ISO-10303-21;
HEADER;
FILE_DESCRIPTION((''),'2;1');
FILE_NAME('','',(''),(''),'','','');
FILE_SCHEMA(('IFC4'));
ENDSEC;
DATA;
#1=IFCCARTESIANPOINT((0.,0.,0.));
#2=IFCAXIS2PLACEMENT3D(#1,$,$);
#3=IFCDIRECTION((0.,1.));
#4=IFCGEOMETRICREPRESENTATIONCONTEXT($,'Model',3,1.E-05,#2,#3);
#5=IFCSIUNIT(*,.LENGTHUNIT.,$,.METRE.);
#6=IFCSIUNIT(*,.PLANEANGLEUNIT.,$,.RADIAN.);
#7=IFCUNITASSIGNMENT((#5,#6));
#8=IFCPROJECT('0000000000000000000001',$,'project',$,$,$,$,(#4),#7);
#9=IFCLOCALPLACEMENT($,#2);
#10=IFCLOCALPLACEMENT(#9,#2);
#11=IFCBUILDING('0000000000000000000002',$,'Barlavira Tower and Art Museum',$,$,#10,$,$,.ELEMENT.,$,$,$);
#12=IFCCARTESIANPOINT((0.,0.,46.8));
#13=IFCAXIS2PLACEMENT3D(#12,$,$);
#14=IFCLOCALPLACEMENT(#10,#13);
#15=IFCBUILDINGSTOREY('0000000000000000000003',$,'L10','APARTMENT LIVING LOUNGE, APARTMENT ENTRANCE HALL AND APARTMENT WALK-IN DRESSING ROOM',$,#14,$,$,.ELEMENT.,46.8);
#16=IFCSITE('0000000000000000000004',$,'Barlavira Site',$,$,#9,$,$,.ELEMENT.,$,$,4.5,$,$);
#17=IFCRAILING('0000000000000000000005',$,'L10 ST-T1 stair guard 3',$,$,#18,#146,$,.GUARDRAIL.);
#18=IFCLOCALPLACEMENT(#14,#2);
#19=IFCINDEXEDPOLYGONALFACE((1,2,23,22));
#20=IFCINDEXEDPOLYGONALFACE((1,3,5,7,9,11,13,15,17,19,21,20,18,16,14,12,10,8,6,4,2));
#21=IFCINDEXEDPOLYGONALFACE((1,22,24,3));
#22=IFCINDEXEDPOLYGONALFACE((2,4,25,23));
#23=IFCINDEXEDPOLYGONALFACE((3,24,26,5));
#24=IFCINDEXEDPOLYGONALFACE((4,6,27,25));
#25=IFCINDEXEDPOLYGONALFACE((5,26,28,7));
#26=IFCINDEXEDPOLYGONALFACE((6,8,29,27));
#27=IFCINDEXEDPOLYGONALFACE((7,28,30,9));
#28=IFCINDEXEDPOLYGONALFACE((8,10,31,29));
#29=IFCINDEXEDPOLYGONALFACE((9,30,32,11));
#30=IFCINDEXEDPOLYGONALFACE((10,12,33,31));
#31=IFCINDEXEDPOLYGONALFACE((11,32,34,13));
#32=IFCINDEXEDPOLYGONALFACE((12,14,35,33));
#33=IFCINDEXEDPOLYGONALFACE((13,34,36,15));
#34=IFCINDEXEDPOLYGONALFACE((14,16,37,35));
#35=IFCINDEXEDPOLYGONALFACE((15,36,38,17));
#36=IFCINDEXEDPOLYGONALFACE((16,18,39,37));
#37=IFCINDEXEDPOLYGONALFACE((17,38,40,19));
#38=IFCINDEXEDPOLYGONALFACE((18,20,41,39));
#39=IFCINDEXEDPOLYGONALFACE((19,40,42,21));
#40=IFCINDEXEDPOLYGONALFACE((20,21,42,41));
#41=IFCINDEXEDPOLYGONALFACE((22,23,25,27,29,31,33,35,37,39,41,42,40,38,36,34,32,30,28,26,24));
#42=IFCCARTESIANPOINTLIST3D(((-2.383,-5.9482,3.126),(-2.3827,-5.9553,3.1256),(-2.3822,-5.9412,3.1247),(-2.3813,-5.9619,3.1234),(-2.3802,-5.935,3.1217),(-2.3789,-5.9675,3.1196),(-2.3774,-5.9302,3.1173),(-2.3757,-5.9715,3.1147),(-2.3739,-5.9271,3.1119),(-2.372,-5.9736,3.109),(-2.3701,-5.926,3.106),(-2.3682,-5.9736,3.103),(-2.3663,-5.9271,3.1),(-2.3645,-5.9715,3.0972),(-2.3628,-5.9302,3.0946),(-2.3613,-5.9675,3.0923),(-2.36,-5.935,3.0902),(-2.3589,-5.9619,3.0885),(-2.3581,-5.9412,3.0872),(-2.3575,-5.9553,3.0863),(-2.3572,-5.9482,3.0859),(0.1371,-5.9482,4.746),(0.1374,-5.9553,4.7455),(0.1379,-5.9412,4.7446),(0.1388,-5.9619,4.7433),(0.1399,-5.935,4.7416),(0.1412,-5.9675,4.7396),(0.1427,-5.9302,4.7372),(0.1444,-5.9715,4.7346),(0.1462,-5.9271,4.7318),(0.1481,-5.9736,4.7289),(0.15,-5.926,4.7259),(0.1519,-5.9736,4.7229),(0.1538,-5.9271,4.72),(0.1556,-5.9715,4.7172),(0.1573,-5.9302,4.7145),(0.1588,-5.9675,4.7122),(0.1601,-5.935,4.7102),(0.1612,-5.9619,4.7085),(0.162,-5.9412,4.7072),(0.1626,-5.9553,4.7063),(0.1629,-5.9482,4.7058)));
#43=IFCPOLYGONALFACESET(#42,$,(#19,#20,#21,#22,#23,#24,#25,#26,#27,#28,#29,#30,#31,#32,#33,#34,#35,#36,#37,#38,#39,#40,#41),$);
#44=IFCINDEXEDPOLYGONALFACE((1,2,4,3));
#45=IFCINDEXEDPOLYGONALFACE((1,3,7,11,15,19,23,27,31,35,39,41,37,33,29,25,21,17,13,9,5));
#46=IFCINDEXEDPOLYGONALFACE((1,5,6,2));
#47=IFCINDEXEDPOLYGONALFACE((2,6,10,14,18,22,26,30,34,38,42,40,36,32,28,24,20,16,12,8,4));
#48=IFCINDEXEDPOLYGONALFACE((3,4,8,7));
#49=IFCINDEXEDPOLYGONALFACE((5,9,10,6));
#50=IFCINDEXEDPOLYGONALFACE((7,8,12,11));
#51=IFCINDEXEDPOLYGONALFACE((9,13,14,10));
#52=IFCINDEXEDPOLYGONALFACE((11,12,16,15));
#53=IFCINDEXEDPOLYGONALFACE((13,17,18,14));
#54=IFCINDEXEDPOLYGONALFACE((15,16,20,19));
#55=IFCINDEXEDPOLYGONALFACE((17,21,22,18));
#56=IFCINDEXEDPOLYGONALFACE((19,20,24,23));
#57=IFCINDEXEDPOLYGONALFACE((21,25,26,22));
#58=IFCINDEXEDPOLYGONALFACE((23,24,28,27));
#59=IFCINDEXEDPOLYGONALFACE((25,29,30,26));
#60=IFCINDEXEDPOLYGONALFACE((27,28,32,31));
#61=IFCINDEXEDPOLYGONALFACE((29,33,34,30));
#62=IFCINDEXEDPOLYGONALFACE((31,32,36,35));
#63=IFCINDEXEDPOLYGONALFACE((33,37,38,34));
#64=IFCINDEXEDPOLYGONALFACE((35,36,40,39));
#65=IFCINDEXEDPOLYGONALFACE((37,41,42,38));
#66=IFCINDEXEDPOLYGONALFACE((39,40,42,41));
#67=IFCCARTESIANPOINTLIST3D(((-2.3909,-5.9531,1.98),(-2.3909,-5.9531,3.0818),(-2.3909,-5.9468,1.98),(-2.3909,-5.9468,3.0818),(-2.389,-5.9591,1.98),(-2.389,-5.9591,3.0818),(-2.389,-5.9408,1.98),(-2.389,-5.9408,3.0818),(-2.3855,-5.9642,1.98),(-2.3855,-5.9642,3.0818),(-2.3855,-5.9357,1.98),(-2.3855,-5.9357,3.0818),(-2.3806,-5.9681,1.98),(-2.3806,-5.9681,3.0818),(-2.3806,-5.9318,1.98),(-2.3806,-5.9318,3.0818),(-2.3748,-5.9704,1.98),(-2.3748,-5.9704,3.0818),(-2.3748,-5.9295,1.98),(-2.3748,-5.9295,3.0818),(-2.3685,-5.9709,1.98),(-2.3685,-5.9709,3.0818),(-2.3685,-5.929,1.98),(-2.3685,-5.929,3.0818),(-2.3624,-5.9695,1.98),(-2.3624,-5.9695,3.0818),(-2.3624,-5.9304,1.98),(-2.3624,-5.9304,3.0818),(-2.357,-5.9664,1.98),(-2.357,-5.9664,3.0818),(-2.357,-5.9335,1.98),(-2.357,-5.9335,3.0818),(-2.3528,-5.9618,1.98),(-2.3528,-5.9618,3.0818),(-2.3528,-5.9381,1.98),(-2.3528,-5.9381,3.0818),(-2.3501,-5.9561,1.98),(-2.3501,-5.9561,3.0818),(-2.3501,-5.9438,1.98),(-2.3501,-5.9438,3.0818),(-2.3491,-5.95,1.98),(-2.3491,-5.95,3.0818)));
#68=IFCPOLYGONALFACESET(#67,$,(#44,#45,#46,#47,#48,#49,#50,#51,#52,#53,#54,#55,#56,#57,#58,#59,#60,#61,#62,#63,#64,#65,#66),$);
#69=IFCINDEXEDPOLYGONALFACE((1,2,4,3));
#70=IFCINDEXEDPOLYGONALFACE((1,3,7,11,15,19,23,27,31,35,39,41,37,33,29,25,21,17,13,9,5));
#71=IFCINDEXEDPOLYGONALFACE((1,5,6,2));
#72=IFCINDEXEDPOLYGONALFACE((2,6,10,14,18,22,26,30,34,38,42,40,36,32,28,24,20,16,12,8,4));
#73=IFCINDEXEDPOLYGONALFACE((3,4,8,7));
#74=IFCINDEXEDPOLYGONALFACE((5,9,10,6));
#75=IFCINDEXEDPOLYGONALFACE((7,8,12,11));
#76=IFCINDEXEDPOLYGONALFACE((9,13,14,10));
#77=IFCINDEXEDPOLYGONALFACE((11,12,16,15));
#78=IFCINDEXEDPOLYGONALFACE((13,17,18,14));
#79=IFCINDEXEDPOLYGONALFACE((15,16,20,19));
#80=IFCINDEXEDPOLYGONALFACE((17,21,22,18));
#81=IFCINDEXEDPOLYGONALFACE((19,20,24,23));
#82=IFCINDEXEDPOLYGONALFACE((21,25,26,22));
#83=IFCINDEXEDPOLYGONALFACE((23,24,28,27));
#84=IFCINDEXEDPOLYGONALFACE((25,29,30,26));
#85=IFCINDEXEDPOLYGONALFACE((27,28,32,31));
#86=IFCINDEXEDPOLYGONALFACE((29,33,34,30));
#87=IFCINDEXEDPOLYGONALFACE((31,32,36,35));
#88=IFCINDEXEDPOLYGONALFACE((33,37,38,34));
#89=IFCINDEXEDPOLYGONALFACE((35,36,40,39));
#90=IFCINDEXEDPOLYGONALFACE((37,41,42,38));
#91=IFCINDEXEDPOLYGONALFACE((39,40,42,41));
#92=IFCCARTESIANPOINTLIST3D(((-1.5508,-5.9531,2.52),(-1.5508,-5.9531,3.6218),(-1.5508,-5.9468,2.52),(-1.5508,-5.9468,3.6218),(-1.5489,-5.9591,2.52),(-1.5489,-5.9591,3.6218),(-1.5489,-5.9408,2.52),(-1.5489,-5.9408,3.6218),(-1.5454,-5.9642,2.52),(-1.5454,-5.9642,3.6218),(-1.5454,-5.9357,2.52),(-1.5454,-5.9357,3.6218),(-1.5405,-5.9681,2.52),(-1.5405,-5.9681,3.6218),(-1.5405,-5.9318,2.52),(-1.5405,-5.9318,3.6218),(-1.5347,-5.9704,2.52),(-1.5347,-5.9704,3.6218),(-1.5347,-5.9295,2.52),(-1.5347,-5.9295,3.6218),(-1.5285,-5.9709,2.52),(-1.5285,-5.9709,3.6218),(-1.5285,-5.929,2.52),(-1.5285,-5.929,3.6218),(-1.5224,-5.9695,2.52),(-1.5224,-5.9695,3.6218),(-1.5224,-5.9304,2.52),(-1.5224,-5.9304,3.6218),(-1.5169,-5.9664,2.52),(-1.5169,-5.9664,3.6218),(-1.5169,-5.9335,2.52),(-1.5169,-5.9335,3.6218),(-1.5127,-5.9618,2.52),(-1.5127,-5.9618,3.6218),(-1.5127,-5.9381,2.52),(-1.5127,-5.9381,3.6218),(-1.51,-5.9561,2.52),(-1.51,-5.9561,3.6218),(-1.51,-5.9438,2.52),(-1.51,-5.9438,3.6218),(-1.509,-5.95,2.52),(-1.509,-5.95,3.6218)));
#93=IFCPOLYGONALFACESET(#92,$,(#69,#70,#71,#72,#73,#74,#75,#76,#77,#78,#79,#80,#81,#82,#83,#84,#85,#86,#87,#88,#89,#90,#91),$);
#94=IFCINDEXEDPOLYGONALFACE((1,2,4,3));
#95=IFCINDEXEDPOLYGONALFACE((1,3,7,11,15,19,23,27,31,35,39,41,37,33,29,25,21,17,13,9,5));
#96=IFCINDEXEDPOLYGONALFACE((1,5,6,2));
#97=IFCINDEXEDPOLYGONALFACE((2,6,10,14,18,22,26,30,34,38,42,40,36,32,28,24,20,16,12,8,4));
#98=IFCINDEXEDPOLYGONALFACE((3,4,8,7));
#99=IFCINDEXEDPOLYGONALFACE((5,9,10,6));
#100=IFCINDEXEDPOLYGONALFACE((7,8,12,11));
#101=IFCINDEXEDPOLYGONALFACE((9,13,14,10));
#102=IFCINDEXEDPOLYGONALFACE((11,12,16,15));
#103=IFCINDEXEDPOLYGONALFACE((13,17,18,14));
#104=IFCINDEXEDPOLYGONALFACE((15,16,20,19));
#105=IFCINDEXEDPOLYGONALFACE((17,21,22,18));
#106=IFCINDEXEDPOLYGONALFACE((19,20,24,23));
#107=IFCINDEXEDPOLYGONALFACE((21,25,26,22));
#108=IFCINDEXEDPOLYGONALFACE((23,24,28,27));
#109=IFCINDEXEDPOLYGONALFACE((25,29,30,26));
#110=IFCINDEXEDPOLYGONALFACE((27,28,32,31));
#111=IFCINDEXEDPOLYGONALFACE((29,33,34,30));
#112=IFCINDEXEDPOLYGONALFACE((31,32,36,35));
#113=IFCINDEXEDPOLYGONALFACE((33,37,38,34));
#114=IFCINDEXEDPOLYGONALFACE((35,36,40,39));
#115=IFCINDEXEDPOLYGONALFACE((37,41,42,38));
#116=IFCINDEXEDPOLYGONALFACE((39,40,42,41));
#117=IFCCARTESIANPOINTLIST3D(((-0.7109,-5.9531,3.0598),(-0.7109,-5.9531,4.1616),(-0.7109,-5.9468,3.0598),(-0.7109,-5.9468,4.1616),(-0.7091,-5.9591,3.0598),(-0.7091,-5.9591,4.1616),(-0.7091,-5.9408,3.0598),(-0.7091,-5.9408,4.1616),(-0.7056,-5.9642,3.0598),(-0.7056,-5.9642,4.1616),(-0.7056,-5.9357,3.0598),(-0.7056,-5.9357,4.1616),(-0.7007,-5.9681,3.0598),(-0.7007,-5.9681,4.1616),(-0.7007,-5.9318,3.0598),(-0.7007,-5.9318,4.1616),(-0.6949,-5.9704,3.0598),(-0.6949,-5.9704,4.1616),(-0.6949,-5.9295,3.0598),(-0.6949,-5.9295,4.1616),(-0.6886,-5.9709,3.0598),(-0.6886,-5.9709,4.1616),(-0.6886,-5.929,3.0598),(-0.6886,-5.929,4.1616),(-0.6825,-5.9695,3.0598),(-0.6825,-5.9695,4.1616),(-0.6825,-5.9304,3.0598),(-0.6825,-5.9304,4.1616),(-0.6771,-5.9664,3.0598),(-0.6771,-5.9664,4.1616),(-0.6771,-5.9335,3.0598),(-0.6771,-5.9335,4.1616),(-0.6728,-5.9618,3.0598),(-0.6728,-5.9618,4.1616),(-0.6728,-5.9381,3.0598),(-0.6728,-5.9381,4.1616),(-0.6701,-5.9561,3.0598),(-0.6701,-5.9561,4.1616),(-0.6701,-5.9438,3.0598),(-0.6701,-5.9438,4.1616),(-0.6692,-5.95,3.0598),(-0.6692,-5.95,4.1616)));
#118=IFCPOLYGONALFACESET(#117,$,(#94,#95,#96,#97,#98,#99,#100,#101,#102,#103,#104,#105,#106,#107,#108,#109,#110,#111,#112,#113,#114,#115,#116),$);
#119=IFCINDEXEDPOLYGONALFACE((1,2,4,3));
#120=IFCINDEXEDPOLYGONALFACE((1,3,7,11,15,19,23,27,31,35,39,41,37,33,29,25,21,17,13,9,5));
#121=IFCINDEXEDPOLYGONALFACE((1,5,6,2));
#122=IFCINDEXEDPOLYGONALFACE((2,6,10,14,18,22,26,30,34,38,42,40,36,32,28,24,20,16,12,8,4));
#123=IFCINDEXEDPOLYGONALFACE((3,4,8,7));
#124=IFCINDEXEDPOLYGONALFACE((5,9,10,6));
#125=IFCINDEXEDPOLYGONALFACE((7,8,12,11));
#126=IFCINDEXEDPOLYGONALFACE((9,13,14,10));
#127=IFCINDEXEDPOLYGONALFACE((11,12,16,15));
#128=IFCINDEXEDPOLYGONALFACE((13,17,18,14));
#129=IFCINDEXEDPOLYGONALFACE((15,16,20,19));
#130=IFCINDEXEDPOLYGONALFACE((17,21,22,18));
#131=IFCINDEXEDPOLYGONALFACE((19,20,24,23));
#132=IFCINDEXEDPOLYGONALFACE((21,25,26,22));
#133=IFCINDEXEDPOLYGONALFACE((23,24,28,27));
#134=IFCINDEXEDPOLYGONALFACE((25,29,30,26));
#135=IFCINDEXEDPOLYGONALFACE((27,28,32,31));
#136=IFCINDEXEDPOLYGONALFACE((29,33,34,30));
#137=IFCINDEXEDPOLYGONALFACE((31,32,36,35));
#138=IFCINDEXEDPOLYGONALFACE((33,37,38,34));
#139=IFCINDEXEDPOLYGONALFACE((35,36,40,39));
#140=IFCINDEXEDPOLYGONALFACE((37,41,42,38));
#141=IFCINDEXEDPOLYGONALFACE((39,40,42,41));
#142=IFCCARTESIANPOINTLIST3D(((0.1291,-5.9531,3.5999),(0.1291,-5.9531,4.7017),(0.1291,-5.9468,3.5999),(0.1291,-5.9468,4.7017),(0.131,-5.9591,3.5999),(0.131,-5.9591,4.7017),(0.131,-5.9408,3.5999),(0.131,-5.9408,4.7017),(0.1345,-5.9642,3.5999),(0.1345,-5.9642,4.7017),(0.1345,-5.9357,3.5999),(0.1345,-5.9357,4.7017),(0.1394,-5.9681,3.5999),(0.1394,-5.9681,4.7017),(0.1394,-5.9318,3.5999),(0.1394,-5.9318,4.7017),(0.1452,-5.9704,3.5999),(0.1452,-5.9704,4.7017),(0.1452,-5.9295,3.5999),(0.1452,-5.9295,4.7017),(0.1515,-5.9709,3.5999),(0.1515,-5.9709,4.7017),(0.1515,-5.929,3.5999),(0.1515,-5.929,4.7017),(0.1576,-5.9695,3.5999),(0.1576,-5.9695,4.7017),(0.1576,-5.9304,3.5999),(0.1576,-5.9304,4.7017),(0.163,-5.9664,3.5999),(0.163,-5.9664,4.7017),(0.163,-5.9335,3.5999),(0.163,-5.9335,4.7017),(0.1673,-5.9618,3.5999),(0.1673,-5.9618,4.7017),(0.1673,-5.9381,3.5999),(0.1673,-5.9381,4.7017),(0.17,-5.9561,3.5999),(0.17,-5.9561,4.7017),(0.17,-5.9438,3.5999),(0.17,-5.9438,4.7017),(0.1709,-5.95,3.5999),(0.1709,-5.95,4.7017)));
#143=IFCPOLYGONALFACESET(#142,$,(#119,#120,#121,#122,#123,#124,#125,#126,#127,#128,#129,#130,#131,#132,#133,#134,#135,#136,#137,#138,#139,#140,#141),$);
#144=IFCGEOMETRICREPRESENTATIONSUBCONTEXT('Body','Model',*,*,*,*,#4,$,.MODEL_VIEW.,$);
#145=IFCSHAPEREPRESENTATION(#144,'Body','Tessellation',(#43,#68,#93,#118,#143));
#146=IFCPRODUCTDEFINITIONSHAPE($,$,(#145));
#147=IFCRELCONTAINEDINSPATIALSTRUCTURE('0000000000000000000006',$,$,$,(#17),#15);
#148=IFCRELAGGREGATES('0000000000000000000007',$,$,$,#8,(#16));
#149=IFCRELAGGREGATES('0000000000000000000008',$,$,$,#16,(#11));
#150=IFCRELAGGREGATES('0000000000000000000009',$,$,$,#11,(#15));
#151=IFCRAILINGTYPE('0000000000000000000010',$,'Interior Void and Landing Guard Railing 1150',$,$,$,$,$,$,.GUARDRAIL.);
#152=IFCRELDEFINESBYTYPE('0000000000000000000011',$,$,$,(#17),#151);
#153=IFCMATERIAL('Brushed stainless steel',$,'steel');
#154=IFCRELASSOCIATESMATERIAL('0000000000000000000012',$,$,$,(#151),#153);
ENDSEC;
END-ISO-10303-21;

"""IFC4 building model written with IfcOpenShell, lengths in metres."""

from ifc_helpers import new_model, si_unit, direction, frame, origin, origin_2d, place, context, subcontext, project, spatial, circle, extrude, material, type_object, element, save


model = new_model("IFC4")

# Units and contexts
model_context = context("Model", 3, precision=1e-05, world=origin(), true_north=direction((0.0, 1.0)))
body_context = subcontext(model_context, "Body", "Model", "MODEL_VIEW")
ifc_project = project(units=[si_unit("LENGTHUNIT", "METRE"), si_unit("PLANEANGLEUNIT", "RADIAN")], contexts=[model_context])

# Site, building, storey
site_placement = place(None, origin())
site = spatial("IfcSite", under=ifc_project, at=site_placement, Name="Barlavira Site", CompositionType="ELEMENT", RefElevation=4.5)
building_placement = place(site_placement, origin())
building = spatial("IfcBuilding", under=site, at=building_placement, Name="Barlavira Tower and Art Museum", CompositionType="ELEMENT")
storey_placement = place(building_placement, frame((0.0, 0.0, 46.8)))
storey = spatial("IfcBuildingStorey", under=building, at=storey_placement, Name="L10", Description="APARTMENT LIVING LOUNGE, APARTMENT ENTRANCE HALL AND APARTMENT WALK-IN DRESSING ROOM", CompositionType="ELEMENT", Elevation=46.8)

# Shared definitions
ifc_material_1 = material(Name="Brushed stainless steel", Category="steel")

# Railing
railing_type_1 = type_object("IfcRailingType", Name="Interior Void and Landing Guard Railing 1150", PredefinedType="GUARDRAIL", material=ifc_material_1)
railing_1_placement = place(storey_placement, frame((-2.3701, -5.95, 1.98)))
element("IfcRailing", 1, at=railing_1_placement, inside=storey, type_object=railing_type_1, Name="L10 ST-T1 stair guard 3", PredefinedType="GUARDRAIL", context=body_context, shape_type="SweptSolid", body=[
    extrude(circle(Radius=0.0239, at=origin_2d()), frame((0.0, 0.0, 1.126), z_axis=(0.8412, 0.0, 0.540725), x_axis=(0.0, 1.0, 0.0)), (0.0, 0.0, 1.0), 2.9958),
    extrude(circle(Radius=0.021, at=origin_2d()), origin(), (0.0, 0.0, 1.0), 1.1018),
    extrude(circle(Radius=0.021, at=origin_2d()), frame((0.8401, 0.0, 0.54)), (0.0, 0.0, 1.0), 1.1018),
    extrude(circle(Radius=0.021, at=origin_2d()), frame((1.6799, 0.0, 1.0798)), (0.0, 0.0, 1.0), 1.1018),
    extrude(circle(Radius=0.021, at=origin_2d()), frame((2.52, 0.0, 1.6199)), (0.0, 0.0, 1.0), 1.1018),
])

save(model, "model.ifc")
